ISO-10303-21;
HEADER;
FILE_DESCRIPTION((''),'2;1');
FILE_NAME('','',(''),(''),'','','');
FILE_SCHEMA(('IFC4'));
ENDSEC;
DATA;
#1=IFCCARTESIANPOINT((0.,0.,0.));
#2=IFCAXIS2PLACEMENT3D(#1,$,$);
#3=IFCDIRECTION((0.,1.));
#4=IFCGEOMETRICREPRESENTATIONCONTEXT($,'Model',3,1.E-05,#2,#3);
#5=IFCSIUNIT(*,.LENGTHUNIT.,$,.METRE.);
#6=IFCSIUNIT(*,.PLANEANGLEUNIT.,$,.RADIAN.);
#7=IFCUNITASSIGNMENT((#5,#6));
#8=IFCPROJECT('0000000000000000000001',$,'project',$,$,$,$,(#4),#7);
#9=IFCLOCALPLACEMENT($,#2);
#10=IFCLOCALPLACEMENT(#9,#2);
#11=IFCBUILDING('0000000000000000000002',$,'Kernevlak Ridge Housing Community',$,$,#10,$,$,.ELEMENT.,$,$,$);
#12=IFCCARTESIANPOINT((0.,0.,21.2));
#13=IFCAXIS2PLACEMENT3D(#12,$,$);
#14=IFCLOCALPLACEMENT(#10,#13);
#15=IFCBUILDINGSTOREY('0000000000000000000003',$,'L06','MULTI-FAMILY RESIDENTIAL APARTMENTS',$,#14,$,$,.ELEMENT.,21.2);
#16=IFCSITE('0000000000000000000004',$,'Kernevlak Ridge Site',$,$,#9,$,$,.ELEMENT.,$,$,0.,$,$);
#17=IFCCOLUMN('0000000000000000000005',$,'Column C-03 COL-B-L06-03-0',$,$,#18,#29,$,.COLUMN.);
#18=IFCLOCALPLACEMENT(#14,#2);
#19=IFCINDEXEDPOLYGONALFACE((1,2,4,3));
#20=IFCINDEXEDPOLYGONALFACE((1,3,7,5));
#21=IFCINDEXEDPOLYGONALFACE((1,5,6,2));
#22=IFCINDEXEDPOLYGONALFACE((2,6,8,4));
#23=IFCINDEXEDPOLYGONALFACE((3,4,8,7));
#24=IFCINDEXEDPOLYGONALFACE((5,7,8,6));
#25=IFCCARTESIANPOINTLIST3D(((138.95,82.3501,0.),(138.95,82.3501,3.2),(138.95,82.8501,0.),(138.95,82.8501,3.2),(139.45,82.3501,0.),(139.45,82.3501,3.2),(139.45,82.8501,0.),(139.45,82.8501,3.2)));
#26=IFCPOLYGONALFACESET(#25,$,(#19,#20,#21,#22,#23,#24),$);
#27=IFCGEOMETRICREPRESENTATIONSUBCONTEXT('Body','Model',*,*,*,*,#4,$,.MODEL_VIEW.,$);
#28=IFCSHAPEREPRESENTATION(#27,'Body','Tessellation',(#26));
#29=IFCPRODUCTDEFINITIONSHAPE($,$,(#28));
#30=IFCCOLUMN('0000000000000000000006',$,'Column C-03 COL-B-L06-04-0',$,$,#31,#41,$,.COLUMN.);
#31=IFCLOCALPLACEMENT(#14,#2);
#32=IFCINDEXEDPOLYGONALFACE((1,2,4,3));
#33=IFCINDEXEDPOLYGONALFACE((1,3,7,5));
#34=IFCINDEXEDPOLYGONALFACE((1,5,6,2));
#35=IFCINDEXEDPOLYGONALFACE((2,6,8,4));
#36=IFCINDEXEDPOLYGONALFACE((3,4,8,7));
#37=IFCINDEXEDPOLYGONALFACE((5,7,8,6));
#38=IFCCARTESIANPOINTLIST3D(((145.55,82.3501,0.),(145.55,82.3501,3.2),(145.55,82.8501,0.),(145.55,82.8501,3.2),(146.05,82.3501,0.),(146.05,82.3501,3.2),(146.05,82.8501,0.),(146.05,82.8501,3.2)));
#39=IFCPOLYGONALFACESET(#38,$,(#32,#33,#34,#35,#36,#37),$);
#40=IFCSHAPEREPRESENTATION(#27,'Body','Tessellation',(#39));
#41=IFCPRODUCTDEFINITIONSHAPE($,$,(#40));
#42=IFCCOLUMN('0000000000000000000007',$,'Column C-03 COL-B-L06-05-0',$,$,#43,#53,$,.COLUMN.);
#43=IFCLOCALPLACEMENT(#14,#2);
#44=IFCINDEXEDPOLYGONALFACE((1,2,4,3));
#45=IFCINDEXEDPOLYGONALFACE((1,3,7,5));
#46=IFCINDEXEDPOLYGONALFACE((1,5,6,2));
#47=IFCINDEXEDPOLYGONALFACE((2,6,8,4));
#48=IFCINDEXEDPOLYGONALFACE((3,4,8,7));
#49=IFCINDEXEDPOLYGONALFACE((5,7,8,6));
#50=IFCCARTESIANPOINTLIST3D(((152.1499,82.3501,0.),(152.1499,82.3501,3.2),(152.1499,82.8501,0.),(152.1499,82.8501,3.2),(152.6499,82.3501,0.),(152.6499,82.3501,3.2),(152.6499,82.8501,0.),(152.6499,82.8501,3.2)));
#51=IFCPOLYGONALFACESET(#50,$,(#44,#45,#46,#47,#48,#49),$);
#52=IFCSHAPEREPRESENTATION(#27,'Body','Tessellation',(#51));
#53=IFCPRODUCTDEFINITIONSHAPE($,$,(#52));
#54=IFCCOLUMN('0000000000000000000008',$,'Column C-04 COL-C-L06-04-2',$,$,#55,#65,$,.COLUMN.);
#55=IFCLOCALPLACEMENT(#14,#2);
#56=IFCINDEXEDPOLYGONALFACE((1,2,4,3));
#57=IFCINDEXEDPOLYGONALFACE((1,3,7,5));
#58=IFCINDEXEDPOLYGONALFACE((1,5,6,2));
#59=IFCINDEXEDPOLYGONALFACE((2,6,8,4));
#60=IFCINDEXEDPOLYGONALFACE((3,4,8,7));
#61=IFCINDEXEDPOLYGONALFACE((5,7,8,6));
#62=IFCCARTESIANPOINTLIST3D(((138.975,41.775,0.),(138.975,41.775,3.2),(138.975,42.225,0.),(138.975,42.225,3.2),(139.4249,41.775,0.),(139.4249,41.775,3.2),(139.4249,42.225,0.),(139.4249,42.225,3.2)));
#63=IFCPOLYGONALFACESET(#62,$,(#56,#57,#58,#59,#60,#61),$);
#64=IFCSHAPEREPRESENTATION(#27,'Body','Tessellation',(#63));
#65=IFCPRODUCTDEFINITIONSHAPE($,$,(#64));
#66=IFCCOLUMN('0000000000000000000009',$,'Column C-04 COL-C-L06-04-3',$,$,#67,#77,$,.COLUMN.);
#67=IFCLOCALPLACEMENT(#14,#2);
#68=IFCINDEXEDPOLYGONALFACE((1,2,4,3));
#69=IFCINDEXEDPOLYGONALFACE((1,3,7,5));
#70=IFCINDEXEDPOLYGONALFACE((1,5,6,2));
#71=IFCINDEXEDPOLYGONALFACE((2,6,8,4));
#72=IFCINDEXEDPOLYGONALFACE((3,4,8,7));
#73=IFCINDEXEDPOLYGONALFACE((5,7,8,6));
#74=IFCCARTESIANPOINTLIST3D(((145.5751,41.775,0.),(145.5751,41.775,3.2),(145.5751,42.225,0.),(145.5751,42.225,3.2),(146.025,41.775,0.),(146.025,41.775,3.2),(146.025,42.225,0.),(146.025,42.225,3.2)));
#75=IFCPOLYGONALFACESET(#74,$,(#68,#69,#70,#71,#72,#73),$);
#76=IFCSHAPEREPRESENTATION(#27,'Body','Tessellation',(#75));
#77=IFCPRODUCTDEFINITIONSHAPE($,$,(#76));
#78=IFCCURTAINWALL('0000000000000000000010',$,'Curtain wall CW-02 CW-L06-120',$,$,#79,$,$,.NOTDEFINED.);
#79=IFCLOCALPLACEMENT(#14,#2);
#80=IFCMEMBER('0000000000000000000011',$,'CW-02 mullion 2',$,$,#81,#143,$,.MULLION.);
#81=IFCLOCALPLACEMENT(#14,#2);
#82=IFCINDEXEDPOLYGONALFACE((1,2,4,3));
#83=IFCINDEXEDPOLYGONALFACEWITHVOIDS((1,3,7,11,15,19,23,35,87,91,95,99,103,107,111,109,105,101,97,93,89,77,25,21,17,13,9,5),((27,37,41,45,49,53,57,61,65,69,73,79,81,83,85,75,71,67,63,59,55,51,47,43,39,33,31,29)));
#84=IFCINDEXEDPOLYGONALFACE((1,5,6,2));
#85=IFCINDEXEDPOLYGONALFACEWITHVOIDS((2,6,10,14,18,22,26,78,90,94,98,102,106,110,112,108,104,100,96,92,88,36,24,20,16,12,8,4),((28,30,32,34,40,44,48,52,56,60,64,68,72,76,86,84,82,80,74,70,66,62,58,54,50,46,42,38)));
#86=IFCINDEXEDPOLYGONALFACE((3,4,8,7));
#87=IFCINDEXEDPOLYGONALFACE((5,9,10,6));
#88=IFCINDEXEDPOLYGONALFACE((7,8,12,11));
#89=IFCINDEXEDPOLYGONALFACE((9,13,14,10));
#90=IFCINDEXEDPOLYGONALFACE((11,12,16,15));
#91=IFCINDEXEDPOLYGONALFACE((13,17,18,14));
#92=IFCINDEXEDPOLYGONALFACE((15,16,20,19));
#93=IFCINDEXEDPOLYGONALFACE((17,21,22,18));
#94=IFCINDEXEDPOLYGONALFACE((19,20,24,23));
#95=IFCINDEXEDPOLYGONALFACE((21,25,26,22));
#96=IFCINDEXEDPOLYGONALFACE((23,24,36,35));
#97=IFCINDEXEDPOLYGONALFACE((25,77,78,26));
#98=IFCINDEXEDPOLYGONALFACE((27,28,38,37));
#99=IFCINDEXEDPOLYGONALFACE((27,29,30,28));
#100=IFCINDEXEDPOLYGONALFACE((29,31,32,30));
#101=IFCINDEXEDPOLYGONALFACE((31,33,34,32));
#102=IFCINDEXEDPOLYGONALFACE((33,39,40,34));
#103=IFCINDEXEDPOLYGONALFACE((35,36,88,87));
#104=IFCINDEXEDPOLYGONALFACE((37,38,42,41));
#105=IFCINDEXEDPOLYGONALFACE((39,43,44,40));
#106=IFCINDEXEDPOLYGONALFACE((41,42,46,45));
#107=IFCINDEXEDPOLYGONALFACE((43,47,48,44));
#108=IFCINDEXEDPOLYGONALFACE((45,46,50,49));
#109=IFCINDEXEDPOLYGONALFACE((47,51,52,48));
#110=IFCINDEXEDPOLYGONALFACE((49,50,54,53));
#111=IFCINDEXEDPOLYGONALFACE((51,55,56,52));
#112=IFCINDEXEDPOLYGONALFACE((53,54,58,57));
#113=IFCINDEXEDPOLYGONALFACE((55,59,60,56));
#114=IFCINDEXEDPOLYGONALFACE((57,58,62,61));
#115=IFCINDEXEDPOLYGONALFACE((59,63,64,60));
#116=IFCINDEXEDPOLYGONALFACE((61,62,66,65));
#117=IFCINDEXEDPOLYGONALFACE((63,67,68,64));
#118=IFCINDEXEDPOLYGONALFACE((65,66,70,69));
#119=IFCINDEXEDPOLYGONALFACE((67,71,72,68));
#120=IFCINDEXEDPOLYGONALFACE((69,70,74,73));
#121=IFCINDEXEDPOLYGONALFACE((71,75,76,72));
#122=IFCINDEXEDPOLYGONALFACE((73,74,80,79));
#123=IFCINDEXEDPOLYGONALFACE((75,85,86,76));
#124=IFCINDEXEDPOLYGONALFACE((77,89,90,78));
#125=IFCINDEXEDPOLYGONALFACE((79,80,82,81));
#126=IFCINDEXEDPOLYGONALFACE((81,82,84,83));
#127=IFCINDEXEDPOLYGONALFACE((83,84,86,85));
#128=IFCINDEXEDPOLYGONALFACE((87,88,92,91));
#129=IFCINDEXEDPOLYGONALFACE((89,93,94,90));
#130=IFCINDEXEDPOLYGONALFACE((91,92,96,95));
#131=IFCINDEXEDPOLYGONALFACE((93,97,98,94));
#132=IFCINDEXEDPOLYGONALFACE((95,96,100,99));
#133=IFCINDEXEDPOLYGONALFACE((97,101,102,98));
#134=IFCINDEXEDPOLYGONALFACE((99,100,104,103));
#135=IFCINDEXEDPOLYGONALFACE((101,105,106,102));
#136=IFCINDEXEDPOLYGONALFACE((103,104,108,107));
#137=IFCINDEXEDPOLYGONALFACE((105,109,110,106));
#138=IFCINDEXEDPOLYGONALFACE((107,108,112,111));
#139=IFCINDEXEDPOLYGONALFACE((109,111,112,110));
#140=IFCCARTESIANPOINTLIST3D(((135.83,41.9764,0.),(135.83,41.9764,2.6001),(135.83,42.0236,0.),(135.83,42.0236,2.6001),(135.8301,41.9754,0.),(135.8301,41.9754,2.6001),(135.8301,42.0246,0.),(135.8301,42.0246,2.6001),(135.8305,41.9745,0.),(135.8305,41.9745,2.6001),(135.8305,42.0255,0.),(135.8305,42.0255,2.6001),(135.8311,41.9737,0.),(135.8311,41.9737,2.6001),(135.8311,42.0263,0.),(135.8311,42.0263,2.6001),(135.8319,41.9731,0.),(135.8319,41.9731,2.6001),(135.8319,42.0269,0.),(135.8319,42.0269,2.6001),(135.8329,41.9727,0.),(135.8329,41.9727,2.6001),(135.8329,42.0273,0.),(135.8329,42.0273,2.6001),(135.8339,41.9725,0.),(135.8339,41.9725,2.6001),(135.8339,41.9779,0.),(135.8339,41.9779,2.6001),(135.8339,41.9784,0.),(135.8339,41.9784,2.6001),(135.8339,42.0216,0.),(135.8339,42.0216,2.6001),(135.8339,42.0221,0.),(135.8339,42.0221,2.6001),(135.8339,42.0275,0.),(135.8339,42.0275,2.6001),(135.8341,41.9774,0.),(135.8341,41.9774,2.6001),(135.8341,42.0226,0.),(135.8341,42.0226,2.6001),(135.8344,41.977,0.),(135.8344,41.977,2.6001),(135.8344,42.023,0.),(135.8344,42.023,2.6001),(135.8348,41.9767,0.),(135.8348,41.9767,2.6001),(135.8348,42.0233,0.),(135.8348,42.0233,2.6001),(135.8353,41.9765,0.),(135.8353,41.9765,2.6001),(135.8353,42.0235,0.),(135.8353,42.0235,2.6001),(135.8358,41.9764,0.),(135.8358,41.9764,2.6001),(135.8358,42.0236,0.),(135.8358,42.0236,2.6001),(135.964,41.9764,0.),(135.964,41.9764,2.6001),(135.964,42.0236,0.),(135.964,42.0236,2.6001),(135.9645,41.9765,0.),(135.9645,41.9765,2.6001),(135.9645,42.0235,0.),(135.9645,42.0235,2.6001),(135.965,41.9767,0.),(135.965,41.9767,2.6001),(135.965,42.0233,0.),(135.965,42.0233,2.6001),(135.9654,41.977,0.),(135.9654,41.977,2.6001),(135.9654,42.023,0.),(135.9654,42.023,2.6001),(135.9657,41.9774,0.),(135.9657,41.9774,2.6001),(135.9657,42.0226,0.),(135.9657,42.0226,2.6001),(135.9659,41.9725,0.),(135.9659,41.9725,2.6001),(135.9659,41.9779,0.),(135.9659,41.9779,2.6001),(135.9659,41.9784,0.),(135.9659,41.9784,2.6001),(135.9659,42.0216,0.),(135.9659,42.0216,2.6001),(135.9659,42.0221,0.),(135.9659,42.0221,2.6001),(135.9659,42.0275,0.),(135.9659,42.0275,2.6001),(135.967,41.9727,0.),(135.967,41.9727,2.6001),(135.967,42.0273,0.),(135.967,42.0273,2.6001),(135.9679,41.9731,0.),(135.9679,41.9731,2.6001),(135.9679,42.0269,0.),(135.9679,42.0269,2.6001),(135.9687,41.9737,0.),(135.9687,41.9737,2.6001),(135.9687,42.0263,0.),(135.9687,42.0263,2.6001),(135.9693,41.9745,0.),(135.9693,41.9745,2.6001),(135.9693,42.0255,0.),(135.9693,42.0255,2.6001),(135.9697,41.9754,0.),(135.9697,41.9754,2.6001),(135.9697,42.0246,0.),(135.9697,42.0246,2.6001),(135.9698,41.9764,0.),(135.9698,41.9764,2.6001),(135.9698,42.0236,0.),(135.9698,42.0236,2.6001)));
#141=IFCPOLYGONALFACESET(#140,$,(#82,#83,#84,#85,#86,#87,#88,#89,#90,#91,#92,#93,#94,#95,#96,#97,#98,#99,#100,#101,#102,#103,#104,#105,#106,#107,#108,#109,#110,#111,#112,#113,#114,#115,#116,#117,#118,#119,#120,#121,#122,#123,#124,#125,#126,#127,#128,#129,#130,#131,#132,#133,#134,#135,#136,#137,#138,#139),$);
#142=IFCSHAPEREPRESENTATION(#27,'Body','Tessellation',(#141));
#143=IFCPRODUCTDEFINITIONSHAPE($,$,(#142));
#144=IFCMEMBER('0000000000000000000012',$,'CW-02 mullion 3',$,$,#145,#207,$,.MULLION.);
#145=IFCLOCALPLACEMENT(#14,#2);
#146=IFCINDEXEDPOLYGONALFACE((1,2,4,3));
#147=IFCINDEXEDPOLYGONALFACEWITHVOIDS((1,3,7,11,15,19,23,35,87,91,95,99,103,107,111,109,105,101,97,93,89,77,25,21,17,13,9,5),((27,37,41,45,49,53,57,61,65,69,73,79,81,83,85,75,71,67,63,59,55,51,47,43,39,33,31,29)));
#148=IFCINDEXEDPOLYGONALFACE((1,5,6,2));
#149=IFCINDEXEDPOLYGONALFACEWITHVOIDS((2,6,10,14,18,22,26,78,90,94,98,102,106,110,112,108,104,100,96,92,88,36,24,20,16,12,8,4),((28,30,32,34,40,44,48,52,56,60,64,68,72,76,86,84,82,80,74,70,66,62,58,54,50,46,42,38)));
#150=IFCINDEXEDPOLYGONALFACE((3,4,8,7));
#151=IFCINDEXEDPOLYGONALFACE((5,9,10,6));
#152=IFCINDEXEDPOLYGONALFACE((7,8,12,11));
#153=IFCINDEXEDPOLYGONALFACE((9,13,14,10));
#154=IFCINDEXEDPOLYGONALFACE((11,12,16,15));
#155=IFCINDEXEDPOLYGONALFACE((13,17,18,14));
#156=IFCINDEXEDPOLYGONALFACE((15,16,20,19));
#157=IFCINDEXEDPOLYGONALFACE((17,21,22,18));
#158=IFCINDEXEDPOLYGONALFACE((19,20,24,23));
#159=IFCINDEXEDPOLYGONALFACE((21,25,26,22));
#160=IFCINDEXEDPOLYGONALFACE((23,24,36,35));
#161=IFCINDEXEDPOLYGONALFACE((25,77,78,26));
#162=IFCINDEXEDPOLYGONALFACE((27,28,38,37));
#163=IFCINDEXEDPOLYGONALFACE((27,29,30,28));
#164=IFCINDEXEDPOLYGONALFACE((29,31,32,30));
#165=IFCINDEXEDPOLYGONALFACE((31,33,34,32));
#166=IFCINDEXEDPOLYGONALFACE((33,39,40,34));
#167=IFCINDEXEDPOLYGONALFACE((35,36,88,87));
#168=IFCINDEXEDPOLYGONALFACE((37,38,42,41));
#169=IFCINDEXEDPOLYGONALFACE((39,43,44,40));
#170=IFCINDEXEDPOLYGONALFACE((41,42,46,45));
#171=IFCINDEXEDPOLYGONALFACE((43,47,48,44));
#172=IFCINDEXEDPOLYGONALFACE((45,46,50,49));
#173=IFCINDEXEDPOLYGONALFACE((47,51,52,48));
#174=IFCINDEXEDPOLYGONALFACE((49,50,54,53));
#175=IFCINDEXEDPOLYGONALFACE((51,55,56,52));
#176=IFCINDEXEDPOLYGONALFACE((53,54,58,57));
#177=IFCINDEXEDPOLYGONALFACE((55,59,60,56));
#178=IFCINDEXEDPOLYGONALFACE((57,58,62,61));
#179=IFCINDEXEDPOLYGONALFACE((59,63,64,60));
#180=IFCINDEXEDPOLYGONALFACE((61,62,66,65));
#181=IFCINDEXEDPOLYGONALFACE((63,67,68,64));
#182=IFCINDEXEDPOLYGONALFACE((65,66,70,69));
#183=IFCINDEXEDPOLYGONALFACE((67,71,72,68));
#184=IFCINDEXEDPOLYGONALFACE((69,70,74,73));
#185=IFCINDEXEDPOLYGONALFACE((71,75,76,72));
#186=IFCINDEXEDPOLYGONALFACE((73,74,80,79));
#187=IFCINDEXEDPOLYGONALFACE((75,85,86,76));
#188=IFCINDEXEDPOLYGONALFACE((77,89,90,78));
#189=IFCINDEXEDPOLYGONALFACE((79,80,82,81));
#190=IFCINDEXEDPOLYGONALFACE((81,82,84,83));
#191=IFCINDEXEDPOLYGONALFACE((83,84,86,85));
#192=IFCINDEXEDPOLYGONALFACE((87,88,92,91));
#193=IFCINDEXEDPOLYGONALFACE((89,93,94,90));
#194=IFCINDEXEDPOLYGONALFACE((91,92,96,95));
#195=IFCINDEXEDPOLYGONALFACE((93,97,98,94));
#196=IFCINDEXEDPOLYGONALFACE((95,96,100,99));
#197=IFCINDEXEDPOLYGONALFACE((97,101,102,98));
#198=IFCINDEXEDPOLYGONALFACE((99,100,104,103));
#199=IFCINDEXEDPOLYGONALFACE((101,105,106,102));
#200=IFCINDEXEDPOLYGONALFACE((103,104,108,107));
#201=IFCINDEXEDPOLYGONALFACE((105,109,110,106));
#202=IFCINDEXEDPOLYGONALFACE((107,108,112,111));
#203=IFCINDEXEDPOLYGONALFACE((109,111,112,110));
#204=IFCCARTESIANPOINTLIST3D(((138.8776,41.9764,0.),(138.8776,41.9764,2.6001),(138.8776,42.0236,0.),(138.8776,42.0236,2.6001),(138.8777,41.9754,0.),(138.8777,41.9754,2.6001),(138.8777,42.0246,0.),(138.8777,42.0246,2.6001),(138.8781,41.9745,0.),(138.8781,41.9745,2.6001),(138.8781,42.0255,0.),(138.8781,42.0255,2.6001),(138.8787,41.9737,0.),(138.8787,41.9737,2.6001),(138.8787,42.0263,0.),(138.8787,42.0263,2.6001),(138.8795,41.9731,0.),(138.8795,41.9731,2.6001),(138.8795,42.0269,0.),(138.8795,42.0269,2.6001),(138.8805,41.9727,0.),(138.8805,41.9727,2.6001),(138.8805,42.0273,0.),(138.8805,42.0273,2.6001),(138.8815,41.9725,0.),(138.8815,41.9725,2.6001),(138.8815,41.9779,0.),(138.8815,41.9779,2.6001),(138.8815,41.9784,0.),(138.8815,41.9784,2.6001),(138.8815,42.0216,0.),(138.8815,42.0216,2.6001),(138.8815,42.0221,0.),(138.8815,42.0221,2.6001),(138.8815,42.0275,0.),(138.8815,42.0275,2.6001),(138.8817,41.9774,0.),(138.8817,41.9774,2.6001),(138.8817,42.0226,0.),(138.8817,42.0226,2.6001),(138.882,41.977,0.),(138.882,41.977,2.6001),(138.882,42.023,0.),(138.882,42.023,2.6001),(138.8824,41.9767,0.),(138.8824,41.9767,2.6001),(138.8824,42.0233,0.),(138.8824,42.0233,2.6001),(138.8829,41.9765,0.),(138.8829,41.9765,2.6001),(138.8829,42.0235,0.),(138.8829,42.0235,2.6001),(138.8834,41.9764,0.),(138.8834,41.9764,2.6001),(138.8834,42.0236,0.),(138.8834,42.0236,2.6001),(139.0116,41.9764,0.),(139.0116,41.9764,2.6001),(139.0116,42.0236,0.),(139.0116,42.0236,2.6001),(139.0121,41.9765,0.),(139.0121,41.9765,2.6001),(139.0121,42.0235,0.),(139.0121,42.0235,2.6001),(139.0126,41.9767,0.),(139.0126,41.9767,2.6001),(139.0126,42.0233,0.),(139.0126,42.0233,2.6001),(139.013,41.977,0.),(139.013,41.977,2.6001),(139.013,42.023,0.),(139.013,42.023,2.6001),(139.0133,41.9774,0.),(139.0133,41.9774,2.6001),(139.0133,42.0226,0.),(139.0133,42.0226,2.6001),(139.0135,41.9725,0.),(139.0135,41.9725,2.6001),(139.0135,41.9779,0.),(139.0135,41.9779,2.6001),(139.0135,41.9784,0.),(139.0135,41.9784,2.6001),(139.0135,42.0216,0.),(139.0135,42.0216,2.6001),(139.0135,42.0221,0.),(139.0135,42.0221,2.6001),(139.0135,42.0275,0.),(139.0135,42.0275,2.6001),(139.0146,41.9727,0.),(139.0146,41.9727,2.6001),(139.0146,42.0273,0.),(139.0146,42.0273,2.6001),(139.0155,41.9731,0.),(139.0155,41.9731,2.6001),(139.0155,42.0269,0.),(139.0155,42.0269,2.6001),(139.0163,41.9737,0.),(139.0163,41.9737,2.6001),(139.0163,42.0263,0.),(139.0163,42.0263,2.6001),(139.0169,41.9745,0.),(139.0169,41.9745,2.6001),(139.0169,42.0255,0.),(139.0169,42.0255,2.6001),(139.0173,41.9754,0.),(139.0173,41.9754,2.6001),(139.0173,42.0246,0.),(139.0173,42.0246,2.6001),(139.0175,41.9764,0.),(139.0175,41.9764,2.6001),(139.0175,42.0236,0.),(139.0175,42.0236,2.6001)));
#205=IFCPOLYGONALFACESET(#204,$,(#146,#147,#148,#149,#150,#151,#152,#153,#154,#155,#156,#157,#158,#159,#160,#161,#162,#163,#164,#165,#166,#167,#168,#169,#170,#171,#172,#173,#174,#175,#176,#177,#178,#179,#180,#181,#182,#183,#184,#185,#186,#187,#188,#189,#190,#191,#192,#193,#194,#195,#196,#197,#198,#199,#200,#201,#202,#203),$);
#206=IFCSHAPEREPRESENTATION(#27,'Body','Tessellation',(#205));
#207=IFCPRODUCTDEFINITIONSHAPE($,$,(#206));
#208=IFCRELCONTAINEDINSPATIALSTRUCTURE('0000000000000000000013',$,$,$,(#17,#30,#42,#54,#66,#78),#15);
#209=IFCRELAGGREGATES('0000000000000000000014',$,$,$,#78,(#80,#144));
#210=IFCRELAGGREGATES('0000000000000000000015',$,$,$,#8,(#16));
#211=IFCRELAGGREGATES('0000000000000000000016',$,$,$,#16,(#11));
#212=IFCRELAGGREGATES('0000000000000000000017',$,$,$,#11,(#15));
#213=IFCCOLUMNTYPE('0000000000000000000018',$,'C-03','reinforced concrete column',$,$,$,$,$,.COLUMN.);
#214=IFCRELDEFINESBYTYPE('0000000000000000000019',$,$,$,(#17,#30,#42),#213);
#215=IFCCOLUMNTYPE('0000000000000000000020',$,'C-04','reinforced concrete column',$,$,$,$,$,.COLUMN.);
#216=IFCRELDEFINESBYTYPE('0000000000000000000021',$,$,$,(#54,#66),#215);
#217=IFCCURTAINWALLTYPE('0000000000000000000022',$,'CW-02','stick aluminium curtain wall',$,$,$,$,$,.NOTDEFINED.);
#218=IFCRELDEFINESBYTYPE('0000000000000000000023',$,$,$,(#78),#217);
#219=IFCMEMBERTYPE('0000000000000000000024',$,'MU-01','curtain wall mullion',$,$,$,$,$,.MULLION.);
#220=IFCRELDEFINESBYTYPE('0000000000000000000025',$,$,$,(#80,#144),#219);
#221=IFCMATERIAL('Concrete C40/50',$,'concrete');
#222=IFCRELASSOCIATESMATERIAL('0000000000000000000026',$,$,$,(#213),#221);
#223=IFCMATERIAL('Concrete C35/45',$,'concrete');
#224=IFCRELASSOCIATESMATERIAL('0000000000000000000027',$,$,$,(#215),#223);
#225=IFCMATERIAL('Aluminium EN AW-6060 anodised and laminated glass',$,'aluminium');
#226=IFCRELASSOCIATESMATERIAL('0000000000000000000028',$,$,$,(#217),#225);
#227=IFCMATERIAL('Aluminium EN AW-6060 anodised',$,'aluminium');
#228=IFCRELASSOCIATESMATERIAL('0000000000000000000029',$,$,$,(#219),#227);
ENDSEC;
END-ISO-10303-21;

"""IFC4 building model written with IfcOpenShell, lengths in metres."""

from ifc_helpers import new_model, si_unit, direction, frame, origin, origin_2d, place, context, subcontext, project, spatial, rectangle, hollow_rectangle, extrude, material, material_profile, profile_set, type_object, element, aggregate, save


model = new_model("IFC4")

# Units and contexts
model_context = context("Model", 3, precision=1e-05, world=origin(), true_north=direction((0.0, 1.0)))
body_context = subcontext(model_context, "Body", "Model", "MODEL_VIEW")
ifc_project = project(units=[si_unit("LENGTHUNIT", "METRE"), si_unit("PLANEANGLEUNIT", "RADIAN")], contexts=[model_context])

# Site, building, storey
site_placement = place(None, origin())
site = spatial("IfcSite", under=ifc_project, at=site_placement, Name="Kernevlak Ridge Site", CompositionType="ELEMENT", RefElevation=0.0)
building_placement = place(site_placement, origin())
building = spatial("IfcBuilding", under=site, at=building_placement, Name="Kernevlak Ridge Housing Community", CompositionType="ELEMENT")
storey_placement = place(building_placement, frame((0.0, 0.0, 21.2)))
storey = spatial("IfcBuildingStorey", under=building, at=storey_placement, Name="L06", Description="MULTI-FAMILY RESIDENTIAL APARTMENTS", CompositionType="ELEMENT", Elevation=21.2)

# Columns
ifc_material_1 = material(Name="Concrete C40/50", Category="concrete")
ifc_material_profile_1 = material_profile(ifc_material_1, rectangle(XDim=0.5, YDim=0.5, at=origin_2d()), Name="RC 500x500")
ifc_profile_set_1 = profile_set([ifc_material_profile_1], Name="Concrete C40/50")
column_type_1 = type_object("IfcColumnType", Name="C-03", Description="reinforced concrete column", PredefinedType="COLUMN", material=ifc_profile_set_1)
for number, where, z_axis, x_axis, name in (
    (1, (139.2, 82.6001, 0.0), (0.0, 0.0, 1.0), (1.0, 0.0, 0.0), "Column C-03 COL-B-L06-03-0"),
    (2, (145.8, 82.6001, 0.0), (0.0, 0.0, 1.0), (1.0, 0.0, 0.0), "Column C-03 COL-B-L06-04-0"),
    (3, (152.3999, 82.6001, 0.0), (0.0, 0.0, 1.0), (1.0, 0.0, 0.0), "Column C-03 COL-B-L06-05-0"),
):
    element("IfcColumn", number, at=place(storey_placement, frame(where, z_axis=z_axis, x_axis=x_axis)), inside=storey, type_object=column_type_1, Name=name, PredefinedType="COLUMN", context=body_context, shape_type="SweptSolid", body=[
        extrude(rectangle(XDim=0.5, YDim=0.5, at=origin_2d()), origin(), (0.0, 0.0, 1.0), 3.2),
    ])
ifc_material_2 = material(Name="Concrete C35/45", Category="concrete")
ifc_material_profile_2 = material_profile(ifc_material_2, rectangle(XDim=0.45, YDim=0.45, at=origin_2d()), Name="RC 450x450")
ifc_profile_set_2 = profile_set([ifc_material_profile_2], Name="Concrete C35/45")
column_type_2 = type_object("IfcColumnType", Name="C-04", Description="reinforced concrete column", PredefinedType="COLUMN", material=ifc_profile_set_2)
for number, where, z_axis, x_axis, name in (
    (4, (139.2, 42.0, 0.0), (0.0, 0.0, 1.0), (1.0, 0.0, 0.0), "Column C-04 COL-C-L06-04-2"),
    (5, (145.8, 42.0, 0.0), (0.0, 0.0, 1.0), (1.0, 0.0, 0.0), "Column C-04 COL-C-L06-04-3"),
):
    element("IfcColumn", number, at=place(storey_placement, frame(where, z_axis=z_axis, x_axis=x_axis)), inside=storey, type_object=column_type_2, Name=name, PredefinedType="COLUMN", context=body_context, shape_type="SweptSolid", body=[
        extrude(rectangle(XDim=0.45, YDim=0.45, at=origin_2d()), origin(), (0.0, 0.0, 1.0), 3.2),
    ])

# Curtain wall, members
ifc_material_3 = material(Name="Aluminium EN AW-6060 anodised and laminated glass", Category="aluminium")
curtain_wall_type = type_object("IfcCurtainWallType", Name="CW-02", Description="stick aluminium curtain wall", PredefinedType="NOTDEFINED", material=ifc_material_3)
curtain_wall_placement = place(storey_placement, origin())
curtain_wall = element("IfcCurtainWall", 6, at=curtain_wall_placement, inside=storey, type_object=curtain_wall_type, Name="Curtain wall CW-02 CW-L06-120", PredefinedType="NOTDEFINED")
ifc_material_4 = material(Name="Aluminium EN AW-6060 anodised", Category="aluminium")
ifc_material_profile_3 = material_profile(ifc_material_4, hollow_rectangle(XDim=0.0549, YDim=0.1399, WallThickness=0.0039, InnerFilletRadius=0.002, OuterFilletRadius=0.0039, at=origin_2d()), Name="ALU 55x140x4")
ifc_profile_set_3 = profile_set([ifc_material_profile_3], Name="Aluminium EN AW-6060 anodised")
member_type_1 = type_object("IfcMemberType", Name="MU-01", Description="curtain wall mullion", PredefinedType="MULLION", material=ifc_profile_set_3)
member_1_placement = place(storey_placement, frame((135.8999, 42.0, 0.0), z_axis=(0.0, 0.0, 1.0), x_axis=(0.0, 1.0, 0.0)))
member_1 = element("IfcMember", 7, at=member_1_placement, type_object=member_type_1, Name="CW-02 mullion 2", PredefinedType="MULLION", context=body_context, shape_type="SweptSolid", body=[
    extrude(hollow_rectangle(XDim=0.0549, YDim=0.1399, WallThickness=0.0039, InnerFilletRadius=0.002, OuterFilletRadius=0.0039, at=origin_2d()), origin(), (0.0, 0.0, 1.0), 2.6001),
])
member_2_placement = place(storey_placement, frame((138.9475, 42.0, 0.0), z_axis=(0.0, 0.0, 1.0), x_axis=(0.0, 1.0, 0.0)))
member_2 = element("IfcMember", 8, at=member_2_placement, type_object=member_type_1, Name="CW-02 mullion 3", PredefinedType="MULLION", context=body_context, shape_type="SweptSolid", body=[
    extrude(hollow_rectangle(XDim=0.0549, YDim=0.1399, WallThickness=0.0039, InnerFilletRadius=0.002, OuterFilletRadius=0.0039, at=origin_2d()), origin(), (0.0, 0.0, 1.0), 2.6001),
])

aggregate(curtain_wall, [member_1, member_2])

save(model, "model.ifc")
